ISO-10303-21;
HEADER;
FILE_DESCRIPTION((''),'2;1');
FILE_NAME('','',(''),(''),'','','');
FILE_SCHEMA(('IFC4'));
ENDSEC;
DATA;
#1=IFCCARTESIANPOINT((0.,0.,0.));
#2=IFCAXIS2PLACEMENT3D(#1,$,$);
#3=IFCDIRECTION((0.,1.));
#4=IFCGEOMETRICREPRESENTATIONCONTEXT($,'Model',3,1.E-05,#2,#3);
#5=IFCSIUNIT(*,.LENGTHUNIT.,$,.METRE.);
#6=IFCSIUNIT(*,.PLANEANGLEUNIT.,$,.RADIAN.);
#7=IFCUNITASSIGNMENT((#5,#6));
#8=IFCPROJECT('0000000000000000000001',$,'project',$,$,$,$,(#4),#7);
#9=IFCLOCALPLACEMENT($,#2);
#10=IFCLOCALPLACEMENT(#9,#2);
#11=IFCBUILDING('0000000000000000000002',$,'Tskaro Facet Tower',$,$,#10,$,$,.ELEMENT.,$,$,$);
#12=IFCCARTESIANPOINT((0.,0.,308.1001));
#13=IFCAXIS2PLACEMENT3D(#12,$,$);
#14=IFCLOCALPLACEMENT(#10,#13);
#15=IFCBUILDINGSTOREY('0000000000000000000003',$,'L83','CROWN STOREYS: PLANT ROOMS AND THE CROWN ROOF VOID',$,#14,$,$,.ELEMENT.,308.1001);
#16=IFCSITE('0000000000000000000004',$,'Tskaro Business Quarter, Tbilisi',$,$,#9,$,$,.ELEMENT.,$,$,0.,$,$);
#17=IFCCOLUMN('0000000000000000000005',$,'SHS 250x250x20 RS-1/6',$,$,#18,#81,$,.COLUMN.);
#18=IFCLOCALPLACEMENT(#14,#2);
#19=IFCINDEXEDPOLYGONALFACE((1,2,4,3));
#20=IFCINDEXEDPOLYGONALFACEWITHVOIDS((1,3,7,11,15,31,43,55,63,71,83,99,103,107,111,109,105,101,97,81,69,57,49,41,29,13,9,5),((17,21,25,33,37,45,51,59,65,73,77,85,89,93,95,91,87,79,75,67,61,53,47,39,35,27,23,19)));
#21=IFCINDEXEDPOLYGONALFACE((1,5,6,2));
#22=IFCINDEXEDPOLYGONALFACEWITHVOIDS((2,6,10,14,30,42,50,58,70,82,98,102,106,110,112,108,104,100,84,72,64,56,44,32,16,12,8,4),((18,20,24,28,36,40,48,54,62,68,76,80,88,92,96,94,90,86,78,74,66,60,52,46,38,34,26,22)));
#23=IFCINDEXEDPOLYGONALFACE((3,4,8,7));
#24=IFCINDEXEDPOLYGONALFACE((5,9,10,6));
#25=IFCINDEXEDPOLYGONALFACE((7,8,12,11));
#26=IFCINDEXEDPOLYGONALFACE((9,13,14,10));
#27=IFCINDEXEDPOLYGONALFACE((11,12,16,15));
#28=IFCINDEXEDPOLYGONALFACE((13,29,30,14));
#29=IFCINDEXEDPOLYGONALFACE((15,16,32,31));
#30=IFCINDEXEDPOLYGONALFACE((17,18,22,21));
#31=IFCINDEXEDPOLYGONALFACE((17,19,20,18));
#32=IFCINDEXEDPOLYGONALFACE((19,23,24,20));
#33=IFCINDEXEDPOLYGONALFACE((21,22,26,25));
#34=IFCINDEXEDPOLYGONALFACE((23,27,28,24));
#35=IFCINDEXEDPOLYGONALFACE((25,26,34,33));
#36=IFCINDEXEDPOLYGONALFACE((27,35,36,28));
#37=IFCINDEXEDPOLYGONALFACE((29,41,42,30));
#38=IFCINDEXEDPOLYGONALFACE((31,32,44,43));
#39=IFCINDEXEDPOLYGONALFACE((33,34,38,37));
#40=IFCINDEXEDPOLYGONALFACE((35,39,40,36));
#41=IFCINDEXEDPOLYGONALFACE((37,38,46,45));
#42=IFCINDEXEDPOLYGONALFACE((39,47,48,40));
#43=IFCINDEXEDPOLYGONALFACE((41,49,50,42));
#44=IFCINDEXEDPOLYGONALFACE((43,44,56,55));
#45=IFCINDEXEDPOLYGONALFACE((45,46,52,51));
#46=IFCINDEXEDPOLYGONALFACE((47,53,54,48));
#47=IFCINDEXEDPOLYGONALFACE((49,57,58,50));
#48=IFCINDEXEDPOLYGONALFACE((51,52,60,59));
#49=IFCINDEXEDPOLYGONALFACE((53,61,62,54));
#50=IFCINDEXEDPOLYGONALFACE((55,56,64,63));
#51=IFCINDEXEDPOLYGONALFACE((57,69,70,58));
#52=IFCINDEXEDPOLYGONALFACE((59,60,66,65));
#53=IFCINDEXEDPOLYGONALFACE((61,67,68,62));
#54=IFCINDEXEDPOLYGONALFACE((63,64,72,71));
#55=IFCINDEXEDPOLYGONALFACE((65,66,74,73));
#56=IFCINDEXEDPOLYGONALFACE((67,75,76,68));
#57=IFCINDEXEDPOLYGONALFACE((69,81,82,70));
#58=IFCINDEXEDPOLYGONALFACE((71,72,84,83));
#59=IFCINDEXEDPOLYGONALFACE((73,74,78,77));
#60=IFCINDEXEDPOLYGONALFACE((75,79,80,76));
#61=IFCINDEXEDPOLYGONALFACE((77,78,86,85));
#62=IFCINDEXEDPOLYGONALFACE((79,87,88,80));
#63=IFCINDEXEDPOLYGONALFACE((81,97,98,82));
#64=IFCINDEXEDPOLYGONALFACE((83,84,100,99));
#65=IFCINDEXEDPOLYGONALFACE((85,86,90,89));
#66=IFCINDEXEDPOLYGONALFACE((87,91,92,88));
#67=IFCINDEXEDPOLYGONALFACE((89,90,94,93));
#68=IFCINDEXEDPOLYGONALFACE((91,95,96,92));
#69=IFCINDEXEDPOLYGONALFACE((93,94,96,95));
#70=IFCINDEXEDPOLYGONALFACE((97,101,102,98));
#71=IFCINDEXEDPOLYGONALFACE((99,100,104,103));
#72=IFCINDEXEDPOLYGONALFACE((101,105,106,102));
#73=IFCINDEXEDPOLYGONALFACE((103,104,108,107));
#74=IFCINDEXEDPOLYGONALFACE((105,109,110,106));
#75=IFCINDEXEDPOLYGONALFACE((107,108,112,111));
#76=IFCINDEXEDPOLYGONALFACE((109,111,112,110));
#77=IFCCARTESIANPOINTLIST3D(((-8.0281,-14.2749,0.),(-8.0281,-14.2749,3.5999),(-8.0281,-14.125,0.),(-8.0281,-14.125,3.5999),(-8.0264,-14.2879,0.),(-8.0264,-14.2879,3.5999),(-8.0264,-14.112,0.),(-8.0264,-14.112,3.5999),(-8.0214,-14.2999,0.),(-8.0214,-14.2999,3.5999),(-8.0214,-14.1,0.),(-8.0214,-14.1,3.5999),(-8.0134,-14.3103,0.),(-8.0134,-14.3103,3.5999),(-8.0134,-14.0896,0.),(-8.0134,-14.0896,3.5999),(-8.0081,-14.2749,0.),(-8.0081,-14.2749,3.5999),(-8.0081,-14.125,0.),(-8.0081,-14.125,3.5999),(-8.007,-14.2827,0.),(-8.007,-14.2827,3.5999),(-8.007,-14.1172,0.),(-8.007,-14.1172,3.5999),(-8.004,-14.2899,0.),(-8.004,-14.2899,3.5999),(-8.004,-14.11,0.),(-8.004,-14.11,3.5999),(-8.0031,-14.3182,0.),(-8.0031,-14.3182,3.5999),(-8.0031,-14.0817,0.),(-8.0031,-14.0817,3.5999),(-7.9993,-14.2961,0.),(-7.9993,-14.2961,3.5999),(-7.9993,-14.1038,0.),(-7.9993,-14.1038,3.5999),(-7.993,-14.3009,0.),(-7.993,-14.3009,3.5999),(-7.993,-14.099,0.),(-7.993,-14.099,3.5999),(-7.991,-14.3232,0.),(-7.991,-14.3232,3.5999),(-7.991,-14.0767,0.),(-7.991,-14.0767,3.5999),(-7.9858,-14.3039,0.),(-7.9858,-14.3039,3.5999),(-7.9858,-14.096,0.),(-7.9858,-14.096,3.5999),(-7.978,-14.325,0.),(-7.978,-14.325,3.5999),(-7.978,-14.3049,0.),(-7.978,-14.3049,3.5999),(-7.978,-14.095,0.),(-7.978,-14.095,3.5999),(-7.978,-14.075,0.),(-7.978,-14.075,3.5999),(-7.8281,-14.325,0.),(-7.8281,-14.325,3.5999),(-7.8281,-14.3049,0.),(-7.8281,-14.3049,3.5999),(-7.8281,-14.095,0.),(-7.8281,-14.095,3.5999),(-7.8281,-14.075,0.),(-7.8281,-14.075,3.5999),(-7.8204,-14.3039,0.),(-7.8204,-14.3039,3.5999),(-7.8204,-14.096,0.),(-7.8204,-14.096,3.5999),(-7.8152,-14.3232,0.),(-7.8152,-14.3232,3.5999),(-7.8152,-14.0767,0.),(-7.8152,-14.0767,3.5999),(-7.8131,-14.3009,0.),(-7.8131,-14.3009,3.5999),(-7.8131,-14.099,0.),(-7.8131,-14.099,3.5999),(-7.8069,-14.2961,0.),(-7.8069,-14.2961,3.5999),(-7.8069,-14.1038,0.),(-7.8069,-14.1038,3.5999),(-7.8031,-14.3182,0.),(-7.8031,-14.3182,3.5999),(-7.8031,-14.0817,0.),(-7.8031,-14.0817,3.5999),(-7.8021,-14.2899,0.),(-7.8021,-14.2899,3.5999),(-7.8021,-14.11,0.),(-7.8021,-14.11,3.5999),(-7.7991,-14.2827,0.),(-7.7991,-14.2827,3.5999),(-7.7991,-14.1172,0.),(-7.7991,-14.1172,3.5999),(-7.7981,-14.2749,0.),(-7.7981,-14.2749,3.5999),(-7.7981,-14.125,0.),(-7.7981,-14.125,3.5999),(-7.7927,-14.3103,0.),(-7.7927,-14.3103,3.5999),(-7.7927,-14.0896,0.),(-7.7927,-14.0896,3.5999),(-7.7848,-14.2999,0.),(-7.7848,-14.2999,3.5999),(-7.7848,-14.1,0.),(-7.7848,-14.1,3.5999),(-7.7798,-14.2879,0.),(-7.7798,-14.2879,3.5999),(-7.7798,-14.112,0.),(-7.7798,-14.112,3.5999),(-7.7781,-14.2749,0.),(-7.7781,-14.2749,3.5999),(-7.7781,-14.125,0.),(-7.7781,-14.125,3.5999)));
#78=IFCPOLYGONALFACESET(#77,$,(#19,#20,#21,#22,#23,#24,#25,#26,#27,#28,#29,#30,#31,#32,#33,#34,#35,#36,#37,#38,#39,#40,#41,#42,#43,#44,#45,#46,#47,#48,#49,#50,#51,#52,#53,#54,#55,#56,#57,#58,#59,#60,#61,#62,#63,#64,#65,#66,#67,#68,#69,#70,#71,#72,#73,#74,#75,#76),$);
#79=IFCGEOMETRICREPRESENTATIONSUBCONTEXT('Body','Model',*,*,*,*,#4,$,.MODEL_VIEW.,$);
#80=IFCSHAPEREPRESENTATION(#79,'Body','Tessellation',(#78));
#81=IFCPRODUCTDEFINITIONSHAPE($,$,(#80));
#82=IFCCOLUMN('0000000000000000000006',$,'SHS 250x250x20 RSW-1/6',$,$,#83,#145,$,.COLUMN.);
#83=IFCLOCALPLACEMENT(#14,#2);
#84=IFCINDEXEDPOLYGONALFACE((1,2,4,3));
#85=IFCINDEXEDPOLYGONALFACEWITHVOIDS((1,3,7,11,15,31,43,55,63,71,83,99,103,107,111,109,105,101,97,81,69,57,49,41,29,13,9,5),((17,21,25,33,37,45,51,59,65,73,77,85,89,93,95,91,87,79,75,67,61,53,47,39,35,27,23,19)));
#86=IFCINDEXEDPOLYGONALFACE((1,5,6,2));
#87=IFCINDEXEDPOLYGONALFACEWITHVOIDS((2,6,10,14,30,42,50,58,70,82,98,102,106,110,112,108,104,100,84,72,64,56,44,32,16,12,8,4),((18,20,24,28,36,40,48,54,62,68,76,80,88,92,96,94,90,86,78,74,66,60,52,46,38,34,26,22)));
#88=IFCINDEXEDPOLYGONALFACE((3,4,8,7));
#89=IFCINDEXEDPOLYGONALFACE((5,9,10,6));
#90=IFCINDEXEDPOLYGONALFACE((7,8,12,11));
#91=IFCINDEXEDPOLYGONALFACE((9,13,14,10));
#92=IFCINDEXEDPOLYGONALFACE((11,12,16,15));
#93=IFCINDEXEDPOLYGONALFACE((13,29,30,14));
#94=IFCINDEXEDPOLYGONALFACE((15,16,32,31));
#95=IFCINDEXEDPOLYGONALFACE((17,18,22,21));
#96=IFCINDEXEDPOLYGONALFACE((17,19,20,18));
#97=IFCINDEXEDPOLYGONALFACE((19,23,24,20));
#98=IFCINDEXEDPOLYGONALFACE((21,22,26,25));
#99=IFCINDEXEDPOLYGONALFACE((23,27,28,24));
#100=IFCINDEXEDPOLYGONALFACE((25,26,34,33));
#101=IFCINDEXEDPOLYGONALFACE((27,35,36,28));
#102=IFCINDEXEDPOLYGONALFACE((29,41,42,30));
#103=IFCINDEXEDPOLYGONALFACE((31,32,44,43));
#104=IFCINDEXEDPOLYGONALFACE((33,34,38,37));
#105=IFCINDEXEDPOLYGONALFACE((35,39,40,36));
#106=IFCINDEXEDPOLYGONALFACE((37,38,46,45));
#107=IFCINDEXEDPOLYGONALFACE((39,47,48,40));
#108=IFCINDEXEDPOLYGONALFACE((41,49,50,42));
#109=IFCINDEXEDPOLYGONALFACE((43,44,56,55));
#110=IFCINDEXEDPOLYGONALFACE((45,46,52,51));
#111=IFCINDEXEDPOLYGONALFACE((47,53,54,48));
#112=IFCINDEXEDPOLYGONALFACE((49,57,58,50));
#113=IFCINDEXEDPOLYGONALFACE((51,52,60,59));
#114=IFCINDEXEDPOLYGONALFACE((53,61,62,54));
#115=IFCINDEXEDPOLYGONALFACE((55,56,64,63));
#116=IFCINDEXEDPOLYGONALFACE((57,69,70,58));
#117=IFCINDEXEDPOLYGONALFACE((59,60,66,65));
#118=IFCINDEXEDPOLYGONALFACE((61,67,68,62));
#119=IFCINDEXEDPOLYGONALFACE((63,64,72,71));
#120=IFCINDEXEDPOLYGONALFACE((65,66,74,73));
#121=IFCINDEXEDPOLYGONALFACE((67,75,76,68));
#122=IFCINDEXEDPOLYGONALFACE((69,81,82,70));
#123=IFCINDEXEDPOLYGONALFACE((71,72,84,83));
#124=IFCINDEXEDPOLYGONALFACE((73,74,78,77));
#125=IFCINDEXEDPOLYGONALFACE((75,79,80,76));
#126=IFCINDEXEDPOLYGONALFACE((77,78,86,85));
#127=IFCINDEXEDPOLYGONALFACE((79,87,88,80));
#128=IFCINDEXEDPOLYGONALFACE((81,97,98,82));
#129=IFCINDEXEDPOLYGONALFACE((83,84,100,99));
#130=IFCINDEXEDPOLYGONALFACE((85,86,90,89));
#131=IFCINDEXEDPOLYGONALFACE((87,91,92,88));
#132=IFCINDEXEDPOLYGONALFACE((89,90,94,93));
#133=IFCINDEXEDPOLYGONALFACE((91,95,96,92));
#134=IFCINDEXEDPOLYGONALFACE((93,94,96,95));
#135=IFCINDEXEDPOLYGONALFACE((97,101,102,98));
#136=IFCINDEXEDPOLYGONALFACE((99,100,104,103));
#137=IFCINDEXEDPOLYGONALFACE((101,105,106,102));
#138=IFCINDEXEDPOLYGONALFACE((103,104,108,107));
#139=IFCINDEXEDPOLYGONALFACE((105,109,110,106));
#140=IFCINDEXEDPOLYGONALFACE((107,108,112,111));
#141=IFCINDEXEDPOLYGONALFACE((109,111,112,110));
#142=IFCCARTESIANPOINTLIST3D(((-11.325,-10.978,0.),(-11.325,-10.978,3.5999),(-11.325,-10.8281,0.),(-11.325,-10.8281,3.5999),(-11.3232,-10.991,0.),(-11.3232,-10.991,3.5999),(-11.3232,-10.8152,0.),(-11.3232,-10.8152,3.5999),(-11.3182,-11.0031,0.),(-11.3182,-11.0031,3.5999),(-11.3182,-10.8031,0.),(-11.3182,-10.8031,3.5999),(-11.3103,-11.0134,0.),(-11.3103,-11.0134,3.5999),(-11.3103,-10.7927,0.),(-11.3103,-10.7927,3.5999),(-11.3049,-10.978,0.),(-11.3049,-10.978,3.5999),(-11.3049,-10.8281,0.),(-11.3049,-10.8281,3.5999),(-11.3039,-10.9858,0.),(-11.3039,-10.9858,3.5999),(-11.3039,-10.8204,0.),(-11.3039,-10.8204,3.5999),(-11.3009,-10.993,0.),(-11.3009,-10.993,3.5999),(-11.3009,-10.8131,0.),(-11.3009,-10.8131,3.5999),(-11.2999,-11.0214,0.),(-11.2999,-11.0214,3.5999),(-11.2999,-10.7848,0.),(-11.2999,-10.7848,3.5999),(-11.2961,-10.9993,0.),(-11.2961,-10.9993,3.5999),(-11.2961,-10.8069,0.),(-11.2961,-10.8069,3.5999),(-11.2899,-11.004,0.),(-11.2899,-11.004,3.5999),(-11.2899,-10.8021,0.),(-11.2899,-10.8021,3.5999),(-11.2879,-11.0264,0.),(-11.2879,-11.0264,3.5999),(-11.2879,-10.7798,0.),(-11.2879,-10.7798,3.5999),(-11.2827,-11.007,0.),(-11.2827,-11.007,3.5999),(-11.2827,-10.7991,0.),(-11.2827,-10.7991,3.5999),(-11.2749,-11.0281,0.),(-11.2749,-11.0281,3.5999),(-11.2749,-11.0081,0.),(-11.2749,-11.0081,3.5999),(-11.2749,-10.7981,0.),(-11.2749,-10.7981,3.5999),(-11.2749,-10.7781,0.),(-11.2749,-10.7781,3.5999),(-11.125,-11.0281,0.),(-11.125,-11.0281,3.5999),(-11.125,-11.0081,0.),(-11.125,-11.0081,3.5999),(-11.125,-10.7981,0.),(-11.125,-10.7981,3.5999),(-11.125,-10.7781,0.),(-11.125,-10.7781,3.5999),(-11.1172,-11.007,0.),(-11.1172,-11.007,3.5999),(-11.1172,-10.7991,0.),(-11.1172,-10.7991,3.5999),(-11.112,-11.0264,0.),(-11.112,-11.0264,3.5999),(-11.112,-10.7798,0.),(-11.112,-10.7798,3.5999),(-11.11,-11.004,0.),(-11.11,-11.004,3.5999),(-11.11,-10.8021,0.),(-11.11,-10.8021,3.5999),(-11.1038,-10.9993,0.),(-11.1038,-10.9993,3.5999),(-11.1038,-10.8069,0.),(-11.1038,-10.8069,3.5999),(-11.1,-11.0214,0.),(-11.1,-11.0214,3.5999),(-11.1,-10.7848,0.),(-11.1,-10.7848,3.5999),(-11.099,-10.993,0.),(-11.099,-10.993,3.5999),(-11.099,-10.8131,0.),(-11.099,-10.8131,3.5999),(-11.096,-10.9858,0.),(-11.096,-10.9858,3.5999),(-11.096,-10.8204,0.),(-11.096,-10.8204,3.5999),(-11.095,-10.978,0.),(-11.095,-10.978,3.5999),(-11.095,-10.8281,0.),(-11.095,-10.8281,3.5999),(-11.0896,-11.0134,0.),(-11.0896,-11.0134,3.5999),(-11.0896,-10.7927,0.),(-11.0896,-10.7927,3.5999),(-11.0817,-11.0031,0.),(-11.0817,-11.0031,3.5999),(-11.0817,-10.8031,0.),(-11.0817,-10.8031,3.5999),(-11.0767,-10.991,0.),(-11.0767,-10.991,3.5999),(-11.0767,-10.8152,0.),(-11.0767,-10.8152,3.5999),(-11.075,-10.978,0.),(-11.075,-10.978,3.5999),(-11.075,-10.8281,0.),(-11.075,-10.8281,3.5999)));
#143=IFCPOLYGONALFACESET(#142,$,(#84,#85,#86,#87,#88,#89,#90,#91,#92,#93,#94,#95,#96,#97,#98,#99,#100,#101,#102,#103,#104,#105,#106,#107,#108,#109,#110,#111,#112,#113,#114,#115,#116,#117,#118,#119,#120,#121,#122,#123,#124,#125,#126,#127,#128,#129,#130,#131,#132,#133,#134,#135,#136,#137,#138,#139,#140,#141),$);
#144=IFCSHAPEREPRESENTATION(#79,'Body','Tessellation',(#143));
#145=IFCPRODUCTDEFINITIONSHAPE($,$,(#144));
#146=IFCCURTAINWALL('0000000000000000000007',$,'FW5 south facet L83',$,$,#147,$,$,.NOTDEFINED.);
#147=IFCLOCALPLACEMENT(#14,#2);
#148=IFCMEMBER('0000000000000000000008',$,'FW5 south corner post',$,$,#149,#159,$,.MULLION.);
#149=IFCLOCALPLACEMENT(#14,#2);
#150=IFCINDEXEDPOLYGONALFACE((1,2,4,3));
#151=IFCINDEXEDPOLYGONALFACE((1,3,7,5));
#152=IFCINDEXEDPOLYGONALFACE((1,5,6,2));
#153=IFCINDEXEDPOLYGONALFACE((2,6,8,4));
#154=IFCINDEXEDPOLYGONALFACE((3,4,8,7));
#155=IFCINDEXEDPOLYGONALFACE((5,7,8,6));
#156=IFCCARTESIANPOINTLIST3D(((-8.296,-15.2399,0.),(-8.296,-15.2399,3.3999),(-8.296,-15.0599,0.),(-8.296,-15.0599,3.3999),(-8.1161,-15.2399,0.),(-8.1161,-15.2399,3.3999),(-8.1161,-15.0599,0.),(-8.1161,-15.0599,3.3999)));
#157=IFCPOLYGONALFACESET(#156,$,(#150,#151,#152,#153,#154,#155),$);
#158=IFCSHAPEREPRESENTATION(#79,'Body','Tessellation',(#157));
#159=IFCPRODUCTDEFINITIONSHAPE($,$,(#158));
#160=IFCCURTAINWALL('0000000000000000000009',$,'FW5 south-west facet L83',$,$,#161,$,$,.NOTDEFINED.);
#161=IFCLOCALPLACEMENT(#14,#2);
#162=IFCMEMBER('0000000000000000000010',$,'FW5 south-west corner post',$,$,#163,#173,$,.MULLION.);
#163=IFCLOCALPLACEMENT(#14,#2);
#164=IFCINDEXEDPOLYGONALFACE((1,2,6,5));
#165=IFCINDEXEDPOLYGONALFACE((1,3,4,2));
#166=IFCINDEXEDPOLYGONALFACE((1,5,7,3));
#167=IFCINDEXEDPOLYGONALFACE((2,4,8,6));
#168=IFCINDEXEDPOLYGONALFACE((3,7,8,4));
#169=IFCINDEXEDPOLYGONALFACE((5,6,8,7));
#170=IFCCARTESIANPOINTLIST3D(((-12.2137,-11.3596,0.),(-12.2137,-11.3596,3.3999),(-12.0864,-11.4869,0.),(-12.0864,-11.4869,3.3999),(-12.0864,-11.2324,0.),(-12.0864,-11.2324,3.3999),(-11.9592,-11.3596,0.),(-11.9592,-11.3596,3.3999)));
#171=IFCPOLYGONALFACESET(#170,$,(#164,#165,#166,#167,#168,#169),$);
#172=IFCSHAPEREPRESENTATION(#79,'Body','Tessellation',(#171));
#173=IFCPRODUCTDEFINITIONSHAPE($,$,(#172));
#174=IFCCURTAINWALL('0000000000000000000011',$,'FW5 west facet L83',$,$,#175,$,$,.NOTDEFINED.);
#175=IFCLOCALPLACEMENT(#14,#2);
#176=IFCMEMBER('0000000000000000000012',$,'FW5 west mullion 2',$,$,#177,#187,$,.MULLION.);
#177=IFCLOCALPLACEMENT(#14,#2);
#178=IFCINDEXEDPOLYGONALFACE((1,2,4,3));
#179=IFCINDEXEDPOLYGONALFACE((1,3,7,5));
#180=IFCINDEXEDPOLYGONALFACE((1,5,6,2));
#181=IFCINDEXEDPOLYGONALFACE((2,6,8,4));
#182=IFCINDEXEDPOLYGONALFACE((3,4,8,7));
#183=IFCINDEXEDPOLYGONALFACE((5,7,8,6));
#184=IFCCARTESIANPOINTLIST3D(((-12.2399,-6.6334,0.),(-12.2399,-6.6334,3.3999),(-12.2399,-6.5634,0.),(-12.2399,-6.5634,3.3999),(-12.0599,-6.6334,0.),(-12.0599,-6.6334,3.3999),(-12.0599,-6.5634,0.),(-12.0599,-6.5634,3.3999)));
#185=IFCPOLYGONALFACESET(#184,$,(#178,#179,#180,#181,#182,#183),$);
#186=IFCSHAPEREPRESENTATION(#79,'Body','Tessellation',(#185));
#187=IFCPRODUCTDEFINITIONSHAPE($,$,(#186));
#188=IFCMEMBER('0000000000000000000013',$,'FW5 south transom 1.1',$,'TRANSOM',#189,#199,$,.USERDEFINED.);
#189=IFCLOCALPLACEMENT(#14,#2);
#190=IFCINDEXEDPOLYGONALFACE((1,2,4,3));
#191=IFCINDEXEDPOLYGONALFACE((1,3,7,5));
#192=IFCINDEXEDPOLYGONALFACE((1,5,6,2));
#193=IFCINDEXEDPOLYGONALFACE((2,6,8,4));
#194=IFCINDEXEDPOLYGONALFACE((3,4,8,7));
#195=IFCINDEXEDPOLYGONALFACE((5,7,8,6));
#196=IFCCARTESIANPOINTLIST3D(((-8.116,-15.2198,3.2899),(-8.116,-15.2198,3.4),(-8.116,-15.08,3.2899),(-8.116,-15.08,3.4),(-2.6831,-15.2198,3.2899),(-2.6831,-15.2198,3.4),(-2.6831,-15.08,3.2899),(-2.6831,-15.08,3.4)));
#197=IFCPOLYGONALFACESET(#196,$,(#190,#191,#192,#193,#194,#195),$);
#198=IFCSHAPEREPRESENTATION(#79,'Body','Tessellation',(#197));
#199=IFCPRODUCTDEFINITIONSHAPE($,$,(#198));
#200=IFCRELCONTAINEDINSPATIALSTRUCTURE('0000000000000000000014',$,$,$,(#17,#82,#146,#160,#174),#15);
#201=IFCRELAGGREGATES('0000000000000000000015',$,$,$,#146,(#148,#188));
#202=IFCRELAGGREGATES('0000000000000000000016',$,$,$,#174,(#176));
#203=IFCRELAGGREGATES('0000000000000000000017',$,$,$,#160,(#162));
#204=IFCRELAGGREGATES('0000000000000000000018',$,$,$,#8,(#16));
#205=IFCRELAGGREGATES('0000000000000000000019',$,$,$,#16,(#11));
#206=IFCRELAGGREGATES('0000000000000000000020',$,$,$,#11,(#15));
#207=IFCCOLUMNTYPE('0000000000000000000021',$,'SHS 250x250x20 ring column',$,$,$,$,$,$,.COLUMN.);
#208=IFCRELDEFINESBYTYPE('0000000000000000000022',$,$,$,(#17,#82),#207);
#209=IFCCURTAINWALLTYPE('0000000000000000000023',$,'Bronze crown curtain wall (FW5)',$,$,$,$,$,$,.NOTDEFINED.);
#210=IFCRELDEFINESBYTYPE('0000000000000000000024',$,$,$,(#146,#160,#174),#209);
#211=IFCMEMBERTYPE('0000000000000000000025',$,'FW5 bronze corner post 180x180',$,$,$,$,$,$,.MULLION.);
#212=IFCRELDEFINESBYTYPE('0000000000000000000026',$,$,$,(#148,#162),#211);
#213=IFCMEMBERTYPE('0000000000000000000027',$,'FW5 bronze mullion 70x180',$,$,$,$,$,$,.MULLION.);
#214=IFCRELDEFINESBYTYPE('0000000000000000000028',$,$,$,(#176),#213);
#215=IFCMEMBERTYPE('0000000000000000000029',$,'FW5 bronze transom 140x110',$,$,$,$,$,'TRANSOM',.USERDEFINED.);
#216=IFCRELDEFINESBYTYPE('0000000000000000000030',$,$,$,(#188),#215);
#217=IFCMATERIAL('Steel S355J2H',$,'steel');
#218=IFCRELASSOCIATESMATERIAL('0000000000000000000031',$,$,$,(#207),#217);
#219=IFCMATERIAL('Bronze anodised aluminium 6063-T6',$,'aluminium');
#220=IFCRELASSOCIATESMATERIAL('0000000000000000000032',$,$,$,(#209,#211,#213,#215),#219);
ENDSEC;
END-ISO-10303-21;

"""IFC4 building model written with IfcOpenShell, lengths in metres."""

from ifc_helpers import new_model, si_unit, direction, frame, origin, origin_2d, place, context, subcontext, project, spatial, rectangle, hollow_rectangle, extrude, material, material_profile, profile_set, type_object, element, aggregate, save


model = new_model("IFC4")

# Units and contexts
model_context = context("Model", 3, precision=1e-05, world=origin(), true_north=direction((0.0, 1.0)))
body_context = subcontext(model_context, "Body", "Model", "MODEL_VIEW")
ifc_project = project(units=[si_unit("LENGTHUNIT", "METRE"), si_unit("PLANEANGLEUNIT", "RADIAN")], contexts=[model_context])

# Site, building, storey
site_placement = place(None, origin())
site = spatial("IfcSite", under=ifc_project, at=site_placement, Name="Tskaro Business Quarter, Tbilisi", CompositionType="ELEMENT", RefElevation=0.0)
building_placement = place(site_placement, origin())
building = spatial("IfcBuilding", under=site, at=building_placement, Name="Tskaro Facet Tower", CompositionType="ELEMENT")
storey_placement = place(building_placement, frame((0.0, 0.0, 308.1001)))
storey = spatial("IfcBuildingStorey", under=building, at=storey_placement, Name="L83", Description="CROWN STOREYS: PLANT ROOMS AND THE CROWN ROOF VOID", CompositionType="ELEMENT", Elevation=308.1001)

# Columns
ifc_material_1 = material(Name="Steel S355J2H", Category="steel")
ifc_material_profile_1 = material_profile(ifc_material_1, hollow_rectangle(XDim=0.25, YDim=0.25, WallThickness=0.02, InnerFilletRadius=0.03, OuterFilletRadius=0.05, at=origin_2d()), Name="SHS 250x250x20")
ifc_profile_set_1 = profile_set([ifc_material_profile_1], Name="Steel S355J2H")
column_type = type_object("IfcColumnType", Name="SHS 250x250x20 ring column", PredefinedType="COLUMN", material=ifc_profile_set_1)
for number, where, z_axis, x_axis, name in (
    (1, (-7.9031, -14.2, 0.0), (0.0, 0.0, 1.0), (1.0, 0.0, 0.0), "SHS 250x250x20 RS-1/6"),
    (2, (-11.2, -10.9031, 0.0), (0.0, 0.0, 1.0), (1.0, 0.0, 0.0), "SHS 250x250x20 RSW-1/6"),
):
    element("IfcColumn", number, at=place(storey_placement, frame(where, z_axis=z_axis, x_axis=x_axis)), inside=storey, type_object=column_type, Name=name, PredefinedType="COLUMN", context=body_context, shape_type="SweptSolid", body=[
        extrude(hollow_rectangle(XDim=0.25, YDim=0.25, WallThickness=0.02, InnerFilletRadius=0.03, OuterFilletRadius=0.05, at=origin_2d()), origin(), (0.0, 0.0, 1.0), 3.5999),
    ])

# Curtain walls, members
ifc_material_2 = material(Name="Bronze anodised aluminium 6063-T6", Category="aluminium")
curtain_wall_type = type_object("IfcCurtainWallType", Name="Bronze crown curtain wall (FW5)", PredefinedType="NOTDEFINED", material=ifc_material_2)
curtain_wall_1_placement = place(storey_placement, origin())
curtain_wall_1 = element("IfcCurtainWall", 3, at=curtain_wall_1_placement, inside=storey, type_object=curtain_wall_type, Name="FW5 south facet L83", PredefinedType="NOTDEFINED")
ifc_material_profile_2 = material_profile(ifc_material_2, rectangle(XDim=0.1799, YDim=0.1799, at=origin_2d()), Name="Corner post 180x180")
ifc_profile_set_2 = profile_set([ifc_material_profile_2], Name="Bronze anodised aluminium 6063-T6")
member_type_1 = type_object("IfcMemberType", Name="FW5 bronze corner post 180x180", PredefinedType="MULLION", material=ifc_profile_set_2)
member_1_placement = place(storey_placement, frame((-8.2061, -15.1499, 0.0), z_axis=(0.0, 0.0, 1.0), x_axis=(1.0, 0.0, 0.0)))
member_1 = element("IfcMember", 4, at=member_1_placement, type_object=member_type_1, Name="FW5 south corner post", PredefinedType="MULLION", context=body_context, shape_type="SweptSolid", body=[
    extrude(rectangle(XDim=0.1799, YDim=0.1799, at=origin_2d()), origin(), (0.0, 0.0, 1.0), 3.3999),
])
curtain_wall_2_placement = place(storey_placement, origin())
curtain_wall_2 = element("IfcCurtainWall", 5, at=curtain_wall_2_placement, inside=storey, type_object=curtain_wall_type, Name="FW5 south-west facet L83", PredefinedType="NOTDEFINED")
member_2_placement = place(storey_placement, frame((-12.0864, -11.3596, 0.0), z_axis=(0.0, 0.0, 1.0), x_axis=(0.707107, -0.707107, 0.0)))
member_2 = element("IfcMember", 6, at=member_2_placement, type_object=member_type_1, Name="FW5 south-west corner post", PredefinedType="MULLION", context=body_context, shape_type="SweptSolid", body=[
    extrude(rectangle(XDim=0.1799, YDim=0.1799, at=origin_2d()), origin(), (0.0, 0.0, 1.0), 3.3999),
])
curtain_wall_3_placement = place(storey_placement, origin())
curtain_wall_3 = element("IfcCurtainWall", 7, at=curtain_wall_3_placement, inside=storey, type_object=curtain_wall_type, Name="FW5 west facet L83", PredefinedType="NOTDEFINED")
ifc_material_profile_3 = material_profile(ifc_material_2, rectangle(XDim=0.0701, YDim=0.1799, at=origin_2d()), Name="Mullion 70x180")
ifc_profile_set_3 = profile_set([ifc_material_profile_3], Name="Bronze anodised aluminium 6063-T6")
member_type_2 = type_object("IfcMemberType", Name="FW5 bronze mullion 70x180", PredefinedType="MULLION", material=ifc_profile_set_3)
member_3_placement = place(storey_placement, frame((-12.1499, -6.5984, 0.0), z_axis=(0.0, 0.0, 1.0), x_axis=(0.0, -1.0, 0.0)))
member_3 = element("IfcMember", 8, at=member_3_placement, type_object=member_type_2, Name="FW5 west mullion 2", PredefinedType="MULLION", context=body_context, shape_type="SweptSolid", body=[
    extrude(rectangle(XDim=0.0701, YDim=0.1799, at=origin_2d()), origin(), (0.0, 0.0, 1.0), 3.3999),
])

# Member
ifc_material_profile_4 = material_profile(ifc_material_2, rectangle(XDim=0.1399, YDim=0.1101, at=origin_2d()), Name="Transom 140x110")
ifc_profile_set_4 = profile_set([ifc_material_profile_4], Name="Bronze anodised aluminium 6063-T6")
member_type_3 = type_object("IfcMemberType", Name="FW5 bronze transom 140x110", ElementType="TRANSOM", PredefinedType="USERDEFINED", material=ifc_profile_set_4)
member_4_placement = place(storey_placement, frame((-8.116, -15.1499, 3.345), z_axis=(1.0, 0.0, 0.0), x_axis=(0.0, 1.0, 0.0)))
member_4 = element("IfcMember", 9, at=member_4_placement, type_object=member_type_3, Name="FW5 south transom 1.1", ObjectType="TRANSOM", PredefinedType="USERDEFINED", context=body_context, shape_type="SweptSolid", body=[
    extrude(rectangle(XDim=0.1399, YDim=0.1101, at=origin_2d()), origin(), (0.0, 0.0, 1.0), 5.4329),
])
aggregate(curtain_wall_1, [member_1, member_4])

aggregate(curtain_wall_3, [member_3])
aggregate(curtain_wall_2, [member_2])

save(model, "model.ifc")
